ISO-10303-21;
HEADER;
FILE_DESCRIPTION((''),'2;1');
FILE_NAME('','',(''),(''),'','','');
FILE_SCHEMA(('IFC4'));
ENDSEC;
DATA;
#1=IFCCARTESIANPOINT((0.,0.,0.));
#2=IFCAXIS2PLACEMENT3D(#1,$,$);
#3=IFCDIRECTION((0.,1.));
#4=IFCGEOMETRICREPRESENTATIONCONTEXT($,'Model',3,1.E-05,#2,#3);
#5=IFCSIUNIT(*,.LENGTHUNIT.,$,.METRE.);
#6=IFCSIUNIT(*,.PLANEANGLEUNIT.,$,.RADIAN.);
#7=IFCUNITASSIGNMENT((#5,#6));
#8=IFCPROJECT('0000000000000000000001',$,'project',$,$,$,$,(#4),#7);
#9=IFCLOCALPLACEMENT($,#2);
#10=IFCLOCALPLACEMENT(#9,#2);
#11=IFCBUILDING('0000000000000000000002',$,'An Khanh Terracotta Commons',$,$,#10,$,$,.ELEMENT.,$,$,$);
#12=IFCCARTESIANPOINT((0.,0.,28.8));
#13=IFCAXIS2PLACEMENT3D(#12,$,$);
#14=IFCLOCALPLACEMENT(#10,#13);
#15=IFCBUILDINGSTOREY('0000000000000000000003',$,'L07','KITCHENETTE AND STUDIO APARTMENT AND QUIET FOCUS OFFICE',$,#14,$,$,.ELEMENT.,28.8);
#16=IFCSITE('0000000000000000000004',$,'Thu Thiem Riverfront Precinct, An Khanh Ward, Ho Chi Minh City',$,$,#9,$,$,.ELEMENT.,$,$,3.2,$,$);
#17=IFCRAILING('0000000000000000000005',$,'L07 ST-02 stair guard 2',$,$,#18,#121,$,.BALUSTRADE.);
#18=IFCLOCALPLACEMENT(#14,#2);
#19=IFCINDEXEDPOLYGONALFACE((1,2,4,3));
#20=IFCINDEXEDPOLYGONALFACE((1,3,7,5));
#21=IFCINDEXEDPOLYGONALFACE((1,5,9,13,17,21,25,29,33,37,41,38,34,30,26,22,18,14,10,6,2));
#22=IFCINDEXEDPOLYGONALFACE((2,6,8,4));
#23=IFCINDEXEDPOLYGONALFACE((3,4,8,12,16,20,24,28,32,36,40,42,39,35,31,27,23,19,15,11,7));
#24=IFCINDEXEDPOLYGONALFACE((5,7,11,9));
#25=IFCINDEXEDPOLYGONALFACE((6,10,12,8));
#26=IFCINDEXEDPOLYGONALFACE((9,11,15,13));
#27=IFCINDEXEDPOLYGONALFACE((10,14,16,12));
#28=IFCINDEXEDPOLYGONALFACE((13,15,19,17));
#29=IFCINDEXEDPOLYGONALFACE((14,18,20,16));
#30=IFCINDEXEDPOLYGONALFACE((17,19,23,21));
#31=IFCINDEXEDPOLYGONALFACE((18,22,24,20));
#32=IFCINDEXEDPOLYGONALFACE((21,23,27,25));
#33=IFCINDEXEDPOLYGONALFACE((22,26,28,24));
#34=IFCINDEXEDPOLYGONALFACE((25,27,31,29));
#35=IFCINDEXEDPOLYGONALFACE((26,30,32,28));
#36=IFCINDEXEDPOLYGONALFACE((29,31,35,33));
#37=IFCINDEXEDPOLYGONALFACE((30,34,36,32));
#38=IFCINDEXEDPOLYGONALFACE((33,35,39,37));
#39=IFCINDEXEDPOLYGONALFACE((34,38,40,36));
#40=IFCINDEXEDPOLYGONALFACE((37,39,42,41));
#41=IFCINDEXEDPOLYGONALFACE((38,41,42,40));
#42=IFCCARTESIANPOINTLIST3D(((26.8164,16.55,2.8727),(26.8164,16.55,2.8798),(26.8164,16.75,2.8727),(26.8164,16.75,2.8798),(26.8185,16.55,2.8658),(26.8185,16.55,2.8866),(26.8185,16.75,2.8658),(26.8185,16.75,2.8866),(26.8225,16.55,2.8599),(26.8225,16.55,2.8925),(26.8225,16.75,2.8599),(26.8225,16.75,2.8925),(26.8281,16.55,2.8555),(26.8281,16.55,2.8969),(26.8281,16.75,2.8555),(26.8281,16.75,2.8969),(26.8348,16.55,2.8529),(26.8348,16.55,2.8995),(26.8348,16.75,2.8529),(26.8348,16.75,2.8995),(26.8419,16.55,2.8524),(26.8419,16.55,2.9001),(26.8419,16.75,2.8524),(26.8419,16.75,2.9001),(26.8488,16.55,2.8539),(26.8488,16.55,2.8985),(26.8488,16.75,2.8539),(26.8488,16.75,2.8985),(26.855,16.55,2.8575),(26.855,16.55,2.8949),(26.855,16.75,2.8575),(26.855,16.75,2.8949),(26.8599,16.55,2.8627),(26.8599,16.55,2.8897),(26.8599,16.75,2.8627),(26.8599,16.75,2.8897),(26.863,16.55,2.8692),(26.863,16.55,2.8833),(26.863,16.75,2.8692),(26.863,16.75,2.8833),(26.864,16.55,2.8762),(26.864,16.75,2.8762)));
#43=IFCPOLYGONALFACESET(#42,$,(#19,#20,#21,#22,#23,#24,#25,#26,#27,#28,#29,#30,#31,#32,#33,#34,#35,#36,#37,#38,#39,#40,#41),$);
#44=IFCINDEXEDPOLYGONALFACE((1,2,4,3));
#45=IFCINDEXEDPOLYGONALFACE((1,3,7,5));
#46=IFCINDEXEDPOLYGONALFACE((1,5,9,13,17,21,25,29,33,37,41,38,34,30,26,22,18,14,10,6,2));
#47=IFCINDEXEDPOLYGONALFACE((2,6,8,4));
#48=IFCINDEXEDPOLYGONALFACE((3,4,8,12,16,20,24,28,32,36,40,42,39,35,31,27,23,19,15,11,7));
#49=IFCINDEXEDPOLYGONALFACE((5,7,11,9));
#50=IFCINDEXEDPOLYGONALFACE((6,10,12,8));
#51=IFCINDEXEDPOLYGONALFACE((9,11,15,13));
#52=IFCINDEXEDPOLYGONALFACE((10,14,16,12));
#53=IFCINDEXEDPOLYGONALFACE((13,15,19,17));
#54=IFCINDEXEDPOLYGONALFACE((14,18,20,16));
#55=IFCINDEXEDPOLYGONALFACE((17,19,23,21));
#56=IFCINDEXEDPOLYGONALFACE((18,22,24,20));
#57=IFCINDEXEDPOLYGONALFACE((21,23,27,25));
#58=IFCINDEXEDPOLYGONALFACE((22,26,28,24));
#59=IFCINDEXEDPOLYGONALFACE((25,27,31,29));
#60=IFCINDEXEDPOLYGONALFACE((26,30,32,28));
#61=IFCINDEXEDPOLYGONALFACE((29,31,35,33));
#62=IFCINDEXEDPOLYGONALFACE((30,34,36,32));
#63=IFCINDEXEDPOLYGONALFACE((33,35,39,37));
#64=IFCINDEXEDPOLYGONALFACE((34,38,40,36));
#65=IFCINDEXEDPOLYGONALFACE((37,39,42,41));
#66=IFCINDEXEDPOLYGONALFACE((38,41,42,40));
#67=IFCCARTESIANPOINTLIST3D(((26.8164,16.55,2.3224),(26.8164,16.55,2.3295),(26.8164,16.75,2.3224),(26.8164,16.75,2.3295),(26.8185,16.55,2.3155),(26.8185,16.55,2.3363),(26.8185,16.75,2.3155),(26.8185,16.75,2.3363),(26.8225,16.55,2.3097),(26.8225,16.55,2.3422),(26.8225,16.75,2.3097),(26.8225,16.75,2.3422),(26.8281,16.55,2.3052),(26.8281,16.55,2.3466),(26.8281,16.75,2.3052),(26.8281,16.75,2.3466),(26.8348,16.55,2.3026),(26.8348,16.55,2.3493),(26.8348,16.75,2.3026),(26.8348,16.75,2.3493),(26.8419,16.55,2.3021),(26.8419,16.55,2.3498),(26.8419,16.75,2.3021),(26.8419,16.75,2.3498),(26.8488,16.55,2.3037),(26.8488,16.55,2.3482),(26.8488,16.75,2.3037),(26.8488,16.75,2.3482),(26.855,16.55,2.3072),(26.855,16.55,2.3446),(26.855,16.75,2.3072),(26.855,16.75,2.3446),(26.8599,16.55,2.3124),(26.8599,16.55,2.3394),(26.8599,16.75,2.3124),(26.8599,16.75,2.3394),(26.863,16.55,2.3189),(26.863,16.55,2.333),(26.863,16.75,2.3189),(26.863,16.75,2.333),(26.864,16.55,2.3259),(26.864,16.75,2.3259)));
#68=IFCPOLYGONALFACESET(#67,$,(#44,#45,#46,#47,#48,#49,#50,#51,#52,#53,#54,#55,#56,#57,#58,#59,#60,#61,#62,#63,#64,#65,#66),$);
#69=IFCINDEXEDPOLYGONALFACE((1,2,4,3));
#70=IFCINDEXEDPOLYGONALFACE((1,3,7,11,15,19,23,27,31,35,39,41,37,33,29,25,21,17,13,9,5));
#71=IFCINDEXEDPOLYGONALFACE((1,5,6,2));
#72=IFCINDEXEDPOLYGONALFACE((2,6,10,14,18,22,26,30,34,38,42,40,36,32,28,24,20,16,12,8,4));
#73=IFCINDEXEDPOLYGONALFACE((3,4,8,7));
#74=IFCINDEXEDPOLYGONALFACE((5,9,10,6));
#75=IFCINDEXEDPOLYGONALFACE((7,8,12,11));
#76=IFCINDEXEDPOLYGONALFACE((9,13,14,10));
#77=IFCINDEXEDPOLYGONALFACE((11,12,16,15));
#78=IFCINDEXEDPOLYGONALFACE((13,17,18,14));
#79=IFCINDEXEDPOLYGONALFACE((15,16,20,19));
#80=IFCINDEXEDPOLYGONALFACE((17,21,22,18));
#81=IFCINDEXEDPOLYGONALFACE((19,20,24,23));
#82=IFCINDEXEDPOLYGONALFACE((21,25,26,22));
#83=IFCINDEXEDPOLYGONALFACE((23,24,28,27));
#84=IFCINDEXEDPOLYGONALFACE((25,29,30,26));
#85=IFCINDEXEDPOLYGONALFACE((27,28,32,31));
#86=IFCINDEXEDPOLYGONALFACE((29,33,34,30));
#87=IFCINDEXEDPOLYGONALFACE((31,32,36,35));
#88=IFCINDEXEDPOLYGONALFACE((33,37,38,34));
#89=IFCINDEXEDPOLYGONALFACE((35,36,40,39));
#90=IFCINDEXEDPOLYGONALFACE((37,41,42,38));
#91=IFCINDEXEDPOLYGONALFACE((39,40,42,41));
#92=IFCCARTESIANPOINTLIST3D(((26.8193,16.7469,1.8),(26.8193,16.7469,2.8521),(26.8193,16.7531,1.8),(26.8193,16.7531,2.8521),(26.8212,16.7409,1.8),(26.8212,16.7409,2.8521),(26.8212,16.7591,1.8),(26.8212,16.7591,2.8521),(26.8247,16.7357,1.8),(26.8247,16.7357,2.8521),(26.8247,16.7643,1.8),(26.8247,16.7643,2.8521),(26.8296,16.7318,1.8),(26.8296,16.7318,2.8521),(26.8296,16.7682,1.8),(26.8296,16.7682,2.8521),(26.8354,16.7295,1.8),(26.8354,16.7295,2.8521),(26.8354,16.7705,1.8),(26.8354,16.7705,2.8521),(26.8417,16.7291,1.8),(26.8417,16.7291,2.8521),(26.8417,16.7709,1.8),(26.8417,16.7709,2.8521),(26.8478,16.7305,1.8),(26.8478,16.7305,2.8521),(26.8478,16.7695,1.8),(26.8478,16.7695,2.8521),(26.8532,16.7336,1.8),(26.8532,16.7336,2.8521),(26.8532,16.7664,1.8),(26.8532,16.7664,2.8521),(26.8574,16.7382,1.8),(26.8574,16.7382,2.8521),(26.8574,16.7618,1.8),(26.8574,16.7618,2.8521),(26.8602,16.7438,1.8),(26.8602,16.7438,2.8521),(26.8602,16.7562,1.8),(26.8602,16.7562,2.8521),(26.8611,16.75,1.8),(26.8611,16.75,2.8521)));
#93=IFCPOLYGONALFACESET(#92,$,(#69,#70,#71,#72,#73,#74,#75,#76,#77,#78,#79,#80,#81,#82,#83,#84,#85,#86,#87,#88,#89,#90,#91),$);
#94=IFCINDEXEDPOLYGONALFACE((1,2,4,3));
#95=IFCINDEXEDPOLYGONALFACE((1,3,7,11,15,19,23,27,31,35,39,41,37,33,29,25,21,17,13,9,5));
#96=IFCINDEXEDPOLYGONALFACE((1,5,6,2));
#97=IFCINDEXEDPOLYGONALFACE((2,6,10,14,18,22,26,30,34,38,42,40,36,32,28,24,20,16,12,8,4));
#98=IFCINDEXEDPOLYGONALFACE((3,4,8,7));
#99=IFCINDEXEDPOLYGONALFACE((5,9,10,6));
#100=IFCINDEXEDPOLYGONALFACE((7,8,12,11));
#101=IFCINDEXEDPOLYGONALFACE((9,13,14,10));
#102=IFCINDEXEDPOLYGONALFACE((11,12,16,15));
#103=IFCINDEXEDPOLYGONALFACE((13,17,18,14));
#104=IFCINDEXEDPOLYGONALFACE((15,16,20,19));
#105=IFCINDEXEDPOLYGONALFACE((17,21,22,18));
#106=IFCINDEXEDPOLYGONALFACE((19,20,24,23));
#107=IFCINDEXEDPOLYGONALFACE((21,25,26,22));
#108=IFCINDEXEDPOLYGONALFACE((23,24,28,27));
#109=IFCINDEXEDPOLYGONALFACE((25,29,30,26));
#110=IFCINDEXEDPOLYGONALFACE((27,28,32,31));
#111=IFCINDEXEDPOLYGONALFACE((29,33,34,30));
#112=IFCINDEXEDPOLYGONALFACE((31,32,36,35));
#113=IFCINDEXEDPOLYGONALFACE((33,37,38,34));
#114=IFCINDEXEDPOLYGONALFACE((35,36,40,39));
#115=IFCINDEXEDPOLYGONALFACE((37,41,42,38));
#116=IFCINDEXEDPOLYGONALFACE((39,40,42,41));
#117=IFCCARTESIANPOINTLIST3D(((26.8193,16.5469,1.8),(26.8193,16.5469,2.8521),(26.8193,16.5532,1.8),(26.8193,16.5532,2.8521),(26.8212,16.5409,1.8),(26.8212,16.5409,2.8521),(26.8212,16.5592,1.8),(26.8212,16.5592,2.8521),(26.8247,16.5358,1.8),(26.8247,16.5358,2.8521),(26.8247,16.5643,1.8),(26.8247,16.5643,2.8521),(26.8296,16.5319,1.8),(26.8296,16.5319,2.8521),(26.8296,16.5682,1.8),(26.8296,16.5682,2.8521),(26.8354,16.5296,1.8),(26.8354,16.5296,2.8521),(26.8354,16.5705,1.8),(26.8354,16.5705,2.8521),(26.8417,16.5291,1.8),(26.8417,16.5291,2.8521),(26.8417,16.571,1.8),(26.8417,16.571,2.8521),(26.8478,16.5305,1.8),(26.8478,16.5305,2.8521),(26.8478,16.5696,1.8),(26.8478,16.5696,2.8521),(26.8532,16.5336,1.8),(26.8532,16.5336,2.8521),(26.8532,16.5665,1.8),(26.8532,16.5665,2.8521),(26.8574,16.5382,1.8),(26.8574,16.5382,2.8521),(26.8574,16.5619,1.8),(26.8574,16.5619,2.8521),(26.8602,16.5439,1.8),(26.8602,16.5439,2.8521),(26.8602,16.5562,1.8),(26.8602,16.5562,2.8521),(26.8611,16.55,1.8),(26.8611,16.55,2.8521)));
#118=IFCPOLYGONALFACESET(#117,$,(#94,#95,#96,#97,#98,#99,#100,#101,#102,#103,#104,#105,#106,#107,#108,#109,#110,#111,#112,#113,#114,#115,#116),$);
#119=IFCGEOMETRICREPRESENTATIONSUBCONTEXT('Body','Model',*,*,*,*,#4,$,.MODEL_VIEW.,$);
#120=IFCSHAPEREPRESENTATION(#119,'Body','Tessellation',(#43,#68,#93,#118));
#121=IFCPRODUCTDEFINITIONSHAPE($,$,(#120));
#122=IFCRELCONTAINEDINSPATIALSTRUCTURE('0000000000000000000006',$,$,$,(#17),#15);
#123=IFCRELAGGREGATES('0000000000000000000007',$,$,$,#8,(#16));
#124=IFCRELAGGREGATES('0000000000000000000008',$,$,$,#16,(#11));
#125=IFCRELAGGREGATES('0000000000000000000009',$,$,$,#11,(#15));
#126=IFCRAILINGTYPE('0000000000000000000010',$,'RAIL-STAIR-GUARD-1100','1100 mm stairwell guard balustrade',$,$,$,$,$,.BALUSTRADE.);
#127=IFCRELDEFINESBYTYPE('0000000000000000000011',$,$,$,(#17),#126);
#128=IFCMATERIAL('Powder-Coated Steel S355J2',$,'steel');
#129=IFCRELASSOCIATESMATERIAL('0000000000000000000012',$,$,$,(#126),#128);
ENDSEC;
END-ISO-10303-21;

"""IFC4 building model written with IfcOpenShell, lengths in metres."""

from ifc_helpers import new_model, si_unit, direction, frame, origin, origin_2d, place, context, subcontext, project, spatial, circle, extrude, material, type_object, element, save


model = new_model("IFC4")

# Units and contexts
model_context = context("Model", 3, precision=1e-05, world=origin(), true_north=direction((0.0, 1.0)))
body_context = subcontext(model_context, "Body", "Model", "MODEL_VIEW")
ifc_project = project(units=[si_unit("LENGTHUNIT", "METRE"), si_unit("PLANEANGLEUNIT", "RADIAN")], contexts=[model_context])

# Site, building, storey
site_placement = place(None, origin())
site = spatial("IfcSite", under=ifc_project, at=site_placement, Name="Thu Thiem Riverfront Precinct, An Khanh Ward, Ho Chi Minh City", CompositionType="ELEMENT", RefElevation=3.2)
building_placement = place(site_placement, origin())
building = spatial("IfcBuilding", under=site, at=building_placement, Name="An Khanh Terracotta Commons", CompositionType="ELEMENT")
storey_placement = place(building_placement, frame((0.0, 0.0, 28.8)))
storey = spatial("IfcBuildingStorey", under=building, at=storey_placement, Name="L07", Description="KITCHENETTE AND STUDIO APARTMENT AND QUIET FOCUS OFFICE", CompositionType="ELEMENT", Elevation=28.8)

# Railing
ifc_material_1 = material(Name="Powder-Coated Steel S355J2", Category="steel")
railing_type_1 = type_object("IfcRailingType", Name="RAIL-STAIR-GUARD-1100", Description="1100 mm stairwell guard balustrade", PredefinedType="BALUSTRADE", material=ifc_material_1)
railing_1_placement = place(storey_placement, frame((26.8401, 16.75, 1.8)))
element("IfcRailing", 1, at=railing_1_placement, inside=storey, type_object=railing_type_1, Name="L07 ST-02 stair guard 2", PredefinedType="BALUSTRADE", context=body_context, shape_type="SweptSolid", body=[
    extrude(circle(Radius=0.0239, at=origin_2d()), frame((0.0, 0.0, 1.0762), z_axis=(0.0, -1.0, 0.0), x_axis=(1.0, 0.0, 0.0)), (0.0, 0.0, 1.0), 0.2),
    extrude(circle(Radius=0.0239, at=origin_2d()), frame((0.0, 0.0, 0.5259), z_axis=(0.0, -1.0, 0.0), x_axis=(1.0, 0.0, 0.0)), (0.0, 0.0, 1.0), 0.2),
    extrude(circle(Radius=0.021, at=origin_2d()), origin(), (0.0, 0.0, 1.0), 1.052),
    extrude(circle(Radius=0.021, at=origin_2d()), frame((0.0, -0.2, 0.0)), (0.0, 0.0, 1.0), 1.052),
])

save(model, "model.ifc")
